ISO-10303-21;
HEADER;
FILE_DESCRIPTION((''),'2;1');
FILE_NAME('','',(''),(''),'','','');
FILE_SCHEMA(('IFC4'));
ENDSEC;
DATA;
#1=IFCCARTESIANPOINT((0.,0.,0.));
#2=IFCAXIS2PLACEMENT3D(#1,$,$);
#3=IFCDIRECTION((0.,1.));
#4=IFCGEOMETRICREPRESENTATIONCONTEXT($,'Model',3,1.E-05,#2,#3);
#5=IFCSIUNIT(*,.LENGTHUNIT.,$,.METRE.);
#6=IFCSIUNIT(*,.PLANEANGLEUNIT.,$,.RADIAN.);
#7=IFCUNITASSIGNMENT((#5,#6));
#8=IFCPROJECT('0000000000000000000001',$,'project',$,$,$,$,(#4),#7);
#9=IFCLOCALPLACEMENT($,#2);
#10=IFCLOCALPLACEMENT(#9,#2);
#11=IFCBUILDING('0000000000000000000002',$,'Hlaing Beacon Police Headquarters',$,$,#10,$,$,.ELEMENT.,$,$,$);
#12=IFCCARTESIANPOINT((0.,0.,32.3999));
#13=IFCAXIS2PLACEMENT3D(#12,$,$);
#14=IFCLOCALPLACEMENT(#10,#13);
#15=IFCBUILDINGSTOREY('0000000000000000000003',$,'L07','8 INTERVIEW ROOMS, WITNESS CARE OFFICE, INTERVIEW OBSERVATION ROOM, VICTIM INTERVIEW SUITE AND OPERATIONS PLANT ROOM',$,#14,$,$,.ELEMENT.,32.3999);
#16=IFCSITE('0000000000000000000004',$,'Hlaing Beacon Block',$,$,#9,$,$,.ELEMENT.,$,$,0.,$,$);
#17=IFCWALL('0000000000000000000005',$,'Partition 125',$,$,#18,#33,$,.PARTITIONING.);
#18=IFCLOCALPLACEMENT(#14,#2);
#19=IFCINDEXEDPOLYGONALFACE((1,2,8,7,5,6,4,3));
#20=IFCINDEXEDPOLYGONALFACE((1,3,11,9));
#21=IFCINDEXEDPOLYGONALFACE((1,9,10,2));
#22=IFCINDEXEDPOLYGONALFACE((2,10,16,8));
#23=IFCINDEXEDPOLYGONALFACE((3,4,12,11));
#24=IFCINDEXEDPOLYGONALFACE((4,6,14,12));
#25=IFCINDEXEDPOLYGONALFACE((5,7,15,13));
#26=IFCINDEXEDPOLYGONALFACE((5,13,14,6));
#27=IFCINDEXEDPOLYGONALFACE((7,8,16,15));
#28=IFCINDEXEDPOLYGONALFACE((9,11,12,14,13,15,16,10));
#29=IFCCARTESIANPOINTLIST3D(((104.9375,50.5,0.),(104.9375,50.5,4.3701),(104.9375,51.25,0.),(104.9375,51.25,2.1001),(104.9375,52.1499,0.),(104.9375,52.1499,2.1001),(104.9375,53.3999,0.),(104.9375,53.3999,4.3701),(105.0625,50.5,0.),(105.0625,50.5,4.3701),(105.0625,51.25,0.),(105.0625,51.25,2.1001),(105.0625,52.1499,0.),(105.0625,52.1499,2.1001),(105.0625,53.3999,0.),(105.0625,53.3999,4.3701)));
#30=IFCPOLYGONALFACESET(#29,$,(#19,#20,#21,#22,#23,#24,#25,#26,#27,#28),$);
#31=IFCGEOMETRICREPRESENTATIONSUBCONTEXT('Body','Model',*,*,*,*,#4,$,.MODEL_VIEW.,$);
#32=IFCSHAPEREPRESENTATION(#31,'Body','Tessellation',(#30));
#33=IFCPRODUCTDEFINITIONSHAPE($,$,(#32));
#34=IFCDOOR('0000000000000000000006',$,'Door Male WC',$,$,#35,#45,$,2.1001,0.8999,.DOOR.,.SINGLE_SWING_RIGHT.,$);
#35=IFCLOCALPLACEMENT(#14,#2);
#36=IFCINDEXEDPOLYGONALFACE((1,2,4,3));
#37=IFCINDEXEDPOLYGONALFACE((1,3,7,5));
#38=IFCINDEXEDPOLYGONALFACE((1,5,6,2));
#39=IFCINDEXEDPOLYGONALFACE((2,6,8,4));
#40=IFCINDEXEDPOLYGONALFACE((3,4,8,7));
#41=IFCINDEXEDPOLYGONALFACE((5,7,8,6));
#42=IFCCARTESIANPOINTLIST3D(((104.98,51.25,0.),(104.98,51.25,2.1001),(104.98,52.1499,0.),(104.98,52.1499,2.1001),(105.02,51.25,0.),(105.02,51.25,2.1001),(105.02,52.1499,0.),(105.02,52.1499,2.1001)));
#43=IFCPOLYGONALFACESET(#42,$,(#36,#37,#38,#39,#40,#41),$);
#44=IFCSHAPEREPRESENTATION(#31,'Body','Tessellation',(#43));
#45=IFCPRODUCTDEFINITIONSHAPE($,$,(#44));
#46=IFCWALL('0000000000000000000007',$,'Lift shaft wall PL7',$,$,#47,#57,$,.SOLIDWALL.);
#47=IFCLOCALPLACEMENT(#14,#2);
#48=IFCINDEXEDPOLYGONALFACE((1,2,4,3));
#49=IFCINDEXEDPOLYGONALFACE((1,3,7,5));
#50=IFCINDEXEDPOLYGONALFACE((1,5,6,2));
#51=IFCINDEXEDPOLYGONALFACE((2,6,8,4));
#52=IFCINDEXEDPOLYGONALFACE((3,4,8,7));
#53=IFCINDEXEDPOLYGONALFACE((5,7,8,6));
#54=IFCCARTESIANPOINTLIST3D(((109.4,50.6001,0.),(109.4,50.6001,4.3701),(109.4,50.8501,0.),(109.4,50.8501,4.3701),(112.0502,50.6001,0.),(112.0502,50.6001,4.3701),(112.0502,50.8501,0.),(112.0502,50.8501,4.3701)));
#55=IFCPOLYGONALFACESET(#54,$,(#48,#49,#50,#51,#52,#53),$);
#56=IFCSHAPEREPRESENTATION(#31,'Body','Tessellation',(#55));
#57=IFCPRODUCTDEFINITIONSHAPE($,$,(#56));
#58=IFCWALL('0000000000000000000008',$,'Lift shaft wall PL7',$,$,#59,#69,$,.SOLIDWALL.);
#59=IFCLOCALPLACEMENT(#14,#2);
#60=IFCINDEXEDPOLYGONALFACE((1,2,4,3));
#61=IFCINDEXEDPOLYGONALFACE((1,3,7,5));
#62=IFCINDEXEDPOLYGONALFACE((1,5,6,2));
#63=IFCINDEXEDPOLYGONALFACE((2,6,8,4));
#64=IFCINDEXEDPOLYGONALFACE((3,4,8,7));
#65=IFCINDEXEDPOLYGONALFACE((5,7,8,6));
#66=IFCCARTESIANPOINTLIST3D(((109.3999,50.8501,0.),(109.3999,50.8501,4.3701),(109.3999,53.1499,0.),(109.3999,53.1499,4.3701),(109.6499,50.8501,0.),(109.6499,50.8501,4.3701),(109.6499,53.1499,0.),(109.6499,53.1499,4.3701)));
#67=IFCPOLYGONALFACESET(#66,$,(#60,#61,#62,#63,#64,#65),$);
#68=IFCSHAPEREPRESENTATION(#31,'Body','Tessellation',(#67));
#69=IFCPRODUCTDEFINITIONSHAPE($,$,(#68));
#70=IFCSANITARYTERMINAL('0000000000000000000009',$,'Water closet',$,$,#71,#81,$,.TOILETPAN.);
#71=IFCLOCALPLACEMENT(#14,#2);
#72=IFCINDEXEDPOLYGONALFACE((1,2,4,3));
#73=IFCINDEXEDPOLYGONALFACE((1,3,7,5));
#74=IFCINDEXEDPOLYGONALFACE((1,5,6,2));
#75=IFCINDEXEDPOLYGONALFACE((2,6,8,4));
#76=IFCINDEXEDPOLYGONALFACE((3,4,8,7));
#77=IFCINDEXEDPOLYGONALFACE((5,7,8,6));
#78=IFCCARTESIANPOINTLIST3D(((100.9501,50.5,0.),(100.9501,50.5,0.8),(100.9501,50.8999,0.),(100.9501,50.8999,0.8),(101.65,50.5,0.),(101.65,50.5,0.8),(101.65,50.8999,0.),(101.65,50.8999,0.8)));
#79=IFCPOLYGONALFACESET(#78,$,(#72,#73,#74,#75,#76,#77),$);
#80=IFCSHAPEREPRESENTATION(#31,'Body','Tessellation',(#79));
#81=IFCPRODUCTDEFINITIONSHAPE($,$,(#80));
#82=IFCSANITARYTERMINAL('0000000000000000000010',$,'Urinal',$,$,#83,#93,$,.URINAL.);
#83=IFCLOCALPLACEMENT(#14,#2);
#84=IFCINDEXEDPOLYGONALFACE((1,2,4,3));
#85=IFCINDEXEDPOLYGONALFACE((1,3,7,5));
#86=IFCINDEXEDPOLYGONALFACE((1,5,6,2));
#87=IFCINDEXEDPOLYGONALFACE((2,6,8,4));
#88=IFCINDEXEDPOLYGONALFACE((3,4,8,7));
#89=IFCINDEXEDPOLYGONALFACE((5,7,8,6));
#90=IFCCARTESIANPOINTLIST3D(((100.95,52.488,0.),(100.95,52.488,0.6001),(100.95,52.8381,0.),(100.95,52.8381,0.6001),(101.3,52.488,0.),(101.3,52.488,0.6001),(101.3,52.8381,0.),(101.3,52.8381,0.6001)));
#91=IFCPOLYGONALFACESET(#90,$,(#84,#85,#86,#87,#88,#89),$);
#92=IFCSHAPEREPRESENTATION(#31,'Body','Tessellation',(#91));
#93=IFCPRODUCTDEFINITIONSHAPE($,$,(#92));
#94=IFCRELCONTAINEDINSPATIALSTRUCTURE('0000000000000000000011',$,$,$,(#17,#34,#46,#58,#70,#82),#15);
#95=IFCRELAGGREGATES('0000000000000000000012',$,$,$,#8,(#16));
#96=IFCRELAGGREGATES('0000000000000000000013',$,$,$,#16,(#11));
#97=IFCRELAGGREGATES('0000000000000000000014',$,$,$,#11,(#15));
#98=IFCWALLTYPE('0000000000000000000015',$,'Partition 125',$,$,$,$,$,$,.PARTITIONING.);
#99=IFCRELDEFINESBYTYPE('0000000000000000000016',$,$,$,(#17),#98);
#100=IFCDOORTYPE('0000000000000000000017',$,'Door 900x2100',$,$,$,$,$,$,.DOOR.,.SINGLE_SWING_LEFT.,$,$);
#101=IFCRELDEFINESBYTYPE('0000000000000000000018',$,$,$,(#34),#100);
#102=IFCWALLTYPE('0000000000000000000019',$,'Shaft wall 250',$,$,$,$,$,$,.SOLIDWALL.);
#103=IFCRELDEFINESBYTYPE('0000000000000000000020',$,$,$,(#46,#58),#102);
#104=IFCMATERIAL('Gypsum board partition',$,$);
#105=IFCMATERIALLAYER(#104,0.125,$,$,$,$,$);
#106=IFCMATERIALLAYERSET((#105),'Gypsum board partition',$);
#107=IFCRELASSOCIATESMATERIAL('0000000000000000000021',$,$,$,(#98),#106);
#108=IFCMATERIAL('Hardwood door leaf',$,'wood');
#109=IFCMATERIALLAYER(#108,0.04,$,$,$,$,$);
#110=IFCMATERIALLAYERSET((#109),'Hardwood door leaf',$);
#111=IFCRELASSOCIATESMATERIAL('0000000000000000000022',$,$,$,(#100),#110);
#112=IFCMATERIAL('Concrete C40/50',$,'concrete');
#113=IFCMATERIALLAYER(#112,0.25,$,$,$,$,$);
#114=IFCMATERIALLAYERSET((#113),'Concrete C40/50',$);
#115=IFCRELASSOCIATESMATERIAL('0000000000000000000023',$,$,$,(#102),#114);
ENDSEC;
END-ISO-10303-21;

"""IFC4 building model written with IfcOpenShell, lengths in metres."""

from ifc_helpers import new_model, si_unit, direction, frame, frame_2d, origin, origin_2d, place, context, subcontext, project, spatial, rectangle, extrude, material, layer, layer_set, type_object, element, fill, save


model = new_model("IFC4")

# Units and contexts
model_context = context("Model", 3, precision=1e-05, world=origin(), true_north=direction((0.0, 1.0)))
body_context = subcontext(model_context, "Body", "Model", "MODEL_VIEW")
ifc_project = project(units=[si_unit("LENGTHUNIT", "METRE"), si_unit("PLANEANGLEUNIT", "RADIAN")], contexts=[model_context])

# Site, building, storey
site_placement = place(None, origin())
site = spatial("IfcSite", under=ifc_project, at=site_placement, Name="Hlaing Beacon Block", CompositionType="ELEMENT", RefElevation=0.0)
building_placement = place(site_placement, origin())
building = spatial("IfcBuilding", under=site, at=building_placement, Name="Hlaing Beacon Police Headquarters", CompositionType="ELEMENT")
storey_placement = place(building_placement, frame((0.0, 0.0, 32.3999)))
storey = spatial("IfcBuildingStorey", under=building, at=storey_placement, Name="L07", Description="8 INTERVIEW ROOMS, WITNESS CARE OFFICE, INTERVIEW OBSERVATION ROOM, VICTIM INTERVIEW SUITE AND OPERATIONS PLANT ROOM", CompositionType="ELEMENT", Elevation=32.3999)

# Wall, opening, door
ifc_material_1 = material(Name="Gypsum board partition")
ifc_layer_1 = layer(ifc_material_1, 0.125)
ifc_layer_set_1 = layer_set([ifc_layer_1], Name="Gypsum board partition")
wall_type_1 = type_object("IfcWallType", Name="Partition 125", PredefinedType="PARTITIONING", material=ifc_layer_set_1)
wall_1_placement = place(storey_placement, frame((105.0, 50.5, 0.0), z_axis=(0.0, 0.0, 1.0), x_axis=(0.0, 1.0, 0.0)))
wall_1 = element("IfcWall", 1, at=wall_1_placement, inside=storey, type_object=wall_type_1, Name="Partition 125", PredefinedType="PARTITIONING", context=body_context, shape_type="SweptSolid", body=[
    extrude(rectangle(XDim=2.8999, YDim=0.125, at=frame_2d((1.45, 0.0))), origin(), (0.0, 0.0, 1.0), 4.3701),
])
opening_1_placement = place(wall_1_placement, frame((0.75, 0.0, 0.0)))
opening_1 = element("IfcOpeningElement", 2, at=opening_1_placement, cuts=wall_1, PredefinedType="OPENING", context=body_context, shape_type="SweptSolid", body=[
    extrude(rectangle(XDim=0.8999, YDim=2.1001, at=frame_2d((0.45, 1.05))), frame((0.0, 0.0725, 0.0), z_axis=(0.0, -1.0, 0.0), x_axis=(1.0, 0.0, 0.0)), (0.0, 0.0, 1.0), 0.145),
])
ifc_material_2 = material(Name="Hardwood door leaf", Category="wood")
ifc_layer_2 = layer(ifc_material_2, 0.04)
ifc_layer_set_2 = layer_set([ifc_layer_2], Name="Hardwood door leaf")
door_type_1 = type_object("IfcDoorType", Name="Door 900x2100", OperationType="SINGLE_SWING_LEFT", PredefinedType="DOOR", material=ifc_layer_set_2)
door_1_placement = place(opening_1_placement, origin())
door_1 = element("IfcDoor", 3, at=door_1_placement, inside=storey, type_object=door_type_1, Name="Door Male WC", OperationType="SINGLE_SWING_RIGHT", OverallHeight=2.1001, OverallWidth=0.8999, PredefinedType="DOOR", context=body_context, shape_type="SweptSolid", body=[
    extrude(rectangle(XDim=0.8999, YDim=2.1001, at=frame_2d((0.45, 1.05))), frame((0.0, 0.02, 0.0), z_axis=(0.0, -1.0, 0.0), x_axis=(1.0, 0.0, 0.0)), (0.0, 0.0, 1.0), 0.04),
])
fill(opening_1, door_1)

# Walls
ifc_material_3 = material(Name="Concrete C40/50", Category="concrete")
ifc_layer_3 = layer(ifc_material_3, 0.25)
ifc_layer_set_3 = layer_set([ifc_layer_3], Name="Concrete C40/50")
wall_type_2 = type_object("IfcWallType", Name="Shaft wall 250", PredefinedType="SOLIDWALL", material=ifc_layer_set_3)
wall_2_placement = place(storey_placement, frame((109.3999, 50.7251, 0.0), z_axis=(0.0, 0.0, 1.0), x_axis=(1.0, 0.0, 0.0)))
element("IfcWall", 4, at=wall_2_placement, inside=storey, type_object=wall_type_2, Name="Lift shaft wall PL7", PredefinedType="SOLIDWALL", context=body_context, shape_type="SweptSolid", body=[
    extrude(rectangle(XDim=2.6501, YDim=0.25, at=frame_2d((1.3252, 0.0))), origin(), (0.0, 0.0, 1.0), 4.3701),
])
wall_3_placement = place(storey_placement, frame((109.5249, 50.8501, 0.0), z_axis=(0.0, 0.0, 1.0), x_axis=(0.0, 1.0, 0.0)))
element("IfcWall", 5, at=wall_3_placement, inside=storey, type_object=wall_type_2, Name="Lift shaft wall PL7", PredefinedType="SOLIDWALL", context=body_context, shape_type="SweptSolid", body=[
    extrude(rectangle(XDim=2.2998, YDim=0.25, at=frame_2d((1.1499, 0.0))), origin(), (0.0, 0.0, 1.0), 4.3701),
])

# Sanitary terminals
sanitary_terminal_1_placement = place(storey_placement, frame((101.3, 50.7, 0.0), z_axis=(0.0, 0.0, 1.0), x_axis=(1.0, 0.0, 0.0)))
element("IfcSanitaryTerminal", 6, at=sanitary_terminal_1_placement, inside=storey, Name="Water closet", PredefinedType="TOILETPAN", context=body_context, shape_type="SweptSolid", body=[
    extrude(rectangle(XDim=0.7, YDim=0.3999, at=origin_2d()), origin(), (0.0, 0.0, 1.0), 0.8),
])
sanitary_terminal_2_placement = place(storey_placement, frame((101.125, 52.6631, 0.0), z_axis=(0.0, 0.0, 1.0), x_axis=(1.0, 0.0, 0.0)))
element("IfcSanitaryTerminal", 7, at=sanitary_terminal_2_placement, inside=storey, Name="Urinal", PredefinedType="URINAL", context=body_context, shape_type="SweptSolid", body=[
    extrude(rectangle(XDim=0.3501, YDim=0.3501, at=origin_2d()), origin(), (0.0, 0.0, 1.0), 0.6001),
])

save(model, "model.ifc")
